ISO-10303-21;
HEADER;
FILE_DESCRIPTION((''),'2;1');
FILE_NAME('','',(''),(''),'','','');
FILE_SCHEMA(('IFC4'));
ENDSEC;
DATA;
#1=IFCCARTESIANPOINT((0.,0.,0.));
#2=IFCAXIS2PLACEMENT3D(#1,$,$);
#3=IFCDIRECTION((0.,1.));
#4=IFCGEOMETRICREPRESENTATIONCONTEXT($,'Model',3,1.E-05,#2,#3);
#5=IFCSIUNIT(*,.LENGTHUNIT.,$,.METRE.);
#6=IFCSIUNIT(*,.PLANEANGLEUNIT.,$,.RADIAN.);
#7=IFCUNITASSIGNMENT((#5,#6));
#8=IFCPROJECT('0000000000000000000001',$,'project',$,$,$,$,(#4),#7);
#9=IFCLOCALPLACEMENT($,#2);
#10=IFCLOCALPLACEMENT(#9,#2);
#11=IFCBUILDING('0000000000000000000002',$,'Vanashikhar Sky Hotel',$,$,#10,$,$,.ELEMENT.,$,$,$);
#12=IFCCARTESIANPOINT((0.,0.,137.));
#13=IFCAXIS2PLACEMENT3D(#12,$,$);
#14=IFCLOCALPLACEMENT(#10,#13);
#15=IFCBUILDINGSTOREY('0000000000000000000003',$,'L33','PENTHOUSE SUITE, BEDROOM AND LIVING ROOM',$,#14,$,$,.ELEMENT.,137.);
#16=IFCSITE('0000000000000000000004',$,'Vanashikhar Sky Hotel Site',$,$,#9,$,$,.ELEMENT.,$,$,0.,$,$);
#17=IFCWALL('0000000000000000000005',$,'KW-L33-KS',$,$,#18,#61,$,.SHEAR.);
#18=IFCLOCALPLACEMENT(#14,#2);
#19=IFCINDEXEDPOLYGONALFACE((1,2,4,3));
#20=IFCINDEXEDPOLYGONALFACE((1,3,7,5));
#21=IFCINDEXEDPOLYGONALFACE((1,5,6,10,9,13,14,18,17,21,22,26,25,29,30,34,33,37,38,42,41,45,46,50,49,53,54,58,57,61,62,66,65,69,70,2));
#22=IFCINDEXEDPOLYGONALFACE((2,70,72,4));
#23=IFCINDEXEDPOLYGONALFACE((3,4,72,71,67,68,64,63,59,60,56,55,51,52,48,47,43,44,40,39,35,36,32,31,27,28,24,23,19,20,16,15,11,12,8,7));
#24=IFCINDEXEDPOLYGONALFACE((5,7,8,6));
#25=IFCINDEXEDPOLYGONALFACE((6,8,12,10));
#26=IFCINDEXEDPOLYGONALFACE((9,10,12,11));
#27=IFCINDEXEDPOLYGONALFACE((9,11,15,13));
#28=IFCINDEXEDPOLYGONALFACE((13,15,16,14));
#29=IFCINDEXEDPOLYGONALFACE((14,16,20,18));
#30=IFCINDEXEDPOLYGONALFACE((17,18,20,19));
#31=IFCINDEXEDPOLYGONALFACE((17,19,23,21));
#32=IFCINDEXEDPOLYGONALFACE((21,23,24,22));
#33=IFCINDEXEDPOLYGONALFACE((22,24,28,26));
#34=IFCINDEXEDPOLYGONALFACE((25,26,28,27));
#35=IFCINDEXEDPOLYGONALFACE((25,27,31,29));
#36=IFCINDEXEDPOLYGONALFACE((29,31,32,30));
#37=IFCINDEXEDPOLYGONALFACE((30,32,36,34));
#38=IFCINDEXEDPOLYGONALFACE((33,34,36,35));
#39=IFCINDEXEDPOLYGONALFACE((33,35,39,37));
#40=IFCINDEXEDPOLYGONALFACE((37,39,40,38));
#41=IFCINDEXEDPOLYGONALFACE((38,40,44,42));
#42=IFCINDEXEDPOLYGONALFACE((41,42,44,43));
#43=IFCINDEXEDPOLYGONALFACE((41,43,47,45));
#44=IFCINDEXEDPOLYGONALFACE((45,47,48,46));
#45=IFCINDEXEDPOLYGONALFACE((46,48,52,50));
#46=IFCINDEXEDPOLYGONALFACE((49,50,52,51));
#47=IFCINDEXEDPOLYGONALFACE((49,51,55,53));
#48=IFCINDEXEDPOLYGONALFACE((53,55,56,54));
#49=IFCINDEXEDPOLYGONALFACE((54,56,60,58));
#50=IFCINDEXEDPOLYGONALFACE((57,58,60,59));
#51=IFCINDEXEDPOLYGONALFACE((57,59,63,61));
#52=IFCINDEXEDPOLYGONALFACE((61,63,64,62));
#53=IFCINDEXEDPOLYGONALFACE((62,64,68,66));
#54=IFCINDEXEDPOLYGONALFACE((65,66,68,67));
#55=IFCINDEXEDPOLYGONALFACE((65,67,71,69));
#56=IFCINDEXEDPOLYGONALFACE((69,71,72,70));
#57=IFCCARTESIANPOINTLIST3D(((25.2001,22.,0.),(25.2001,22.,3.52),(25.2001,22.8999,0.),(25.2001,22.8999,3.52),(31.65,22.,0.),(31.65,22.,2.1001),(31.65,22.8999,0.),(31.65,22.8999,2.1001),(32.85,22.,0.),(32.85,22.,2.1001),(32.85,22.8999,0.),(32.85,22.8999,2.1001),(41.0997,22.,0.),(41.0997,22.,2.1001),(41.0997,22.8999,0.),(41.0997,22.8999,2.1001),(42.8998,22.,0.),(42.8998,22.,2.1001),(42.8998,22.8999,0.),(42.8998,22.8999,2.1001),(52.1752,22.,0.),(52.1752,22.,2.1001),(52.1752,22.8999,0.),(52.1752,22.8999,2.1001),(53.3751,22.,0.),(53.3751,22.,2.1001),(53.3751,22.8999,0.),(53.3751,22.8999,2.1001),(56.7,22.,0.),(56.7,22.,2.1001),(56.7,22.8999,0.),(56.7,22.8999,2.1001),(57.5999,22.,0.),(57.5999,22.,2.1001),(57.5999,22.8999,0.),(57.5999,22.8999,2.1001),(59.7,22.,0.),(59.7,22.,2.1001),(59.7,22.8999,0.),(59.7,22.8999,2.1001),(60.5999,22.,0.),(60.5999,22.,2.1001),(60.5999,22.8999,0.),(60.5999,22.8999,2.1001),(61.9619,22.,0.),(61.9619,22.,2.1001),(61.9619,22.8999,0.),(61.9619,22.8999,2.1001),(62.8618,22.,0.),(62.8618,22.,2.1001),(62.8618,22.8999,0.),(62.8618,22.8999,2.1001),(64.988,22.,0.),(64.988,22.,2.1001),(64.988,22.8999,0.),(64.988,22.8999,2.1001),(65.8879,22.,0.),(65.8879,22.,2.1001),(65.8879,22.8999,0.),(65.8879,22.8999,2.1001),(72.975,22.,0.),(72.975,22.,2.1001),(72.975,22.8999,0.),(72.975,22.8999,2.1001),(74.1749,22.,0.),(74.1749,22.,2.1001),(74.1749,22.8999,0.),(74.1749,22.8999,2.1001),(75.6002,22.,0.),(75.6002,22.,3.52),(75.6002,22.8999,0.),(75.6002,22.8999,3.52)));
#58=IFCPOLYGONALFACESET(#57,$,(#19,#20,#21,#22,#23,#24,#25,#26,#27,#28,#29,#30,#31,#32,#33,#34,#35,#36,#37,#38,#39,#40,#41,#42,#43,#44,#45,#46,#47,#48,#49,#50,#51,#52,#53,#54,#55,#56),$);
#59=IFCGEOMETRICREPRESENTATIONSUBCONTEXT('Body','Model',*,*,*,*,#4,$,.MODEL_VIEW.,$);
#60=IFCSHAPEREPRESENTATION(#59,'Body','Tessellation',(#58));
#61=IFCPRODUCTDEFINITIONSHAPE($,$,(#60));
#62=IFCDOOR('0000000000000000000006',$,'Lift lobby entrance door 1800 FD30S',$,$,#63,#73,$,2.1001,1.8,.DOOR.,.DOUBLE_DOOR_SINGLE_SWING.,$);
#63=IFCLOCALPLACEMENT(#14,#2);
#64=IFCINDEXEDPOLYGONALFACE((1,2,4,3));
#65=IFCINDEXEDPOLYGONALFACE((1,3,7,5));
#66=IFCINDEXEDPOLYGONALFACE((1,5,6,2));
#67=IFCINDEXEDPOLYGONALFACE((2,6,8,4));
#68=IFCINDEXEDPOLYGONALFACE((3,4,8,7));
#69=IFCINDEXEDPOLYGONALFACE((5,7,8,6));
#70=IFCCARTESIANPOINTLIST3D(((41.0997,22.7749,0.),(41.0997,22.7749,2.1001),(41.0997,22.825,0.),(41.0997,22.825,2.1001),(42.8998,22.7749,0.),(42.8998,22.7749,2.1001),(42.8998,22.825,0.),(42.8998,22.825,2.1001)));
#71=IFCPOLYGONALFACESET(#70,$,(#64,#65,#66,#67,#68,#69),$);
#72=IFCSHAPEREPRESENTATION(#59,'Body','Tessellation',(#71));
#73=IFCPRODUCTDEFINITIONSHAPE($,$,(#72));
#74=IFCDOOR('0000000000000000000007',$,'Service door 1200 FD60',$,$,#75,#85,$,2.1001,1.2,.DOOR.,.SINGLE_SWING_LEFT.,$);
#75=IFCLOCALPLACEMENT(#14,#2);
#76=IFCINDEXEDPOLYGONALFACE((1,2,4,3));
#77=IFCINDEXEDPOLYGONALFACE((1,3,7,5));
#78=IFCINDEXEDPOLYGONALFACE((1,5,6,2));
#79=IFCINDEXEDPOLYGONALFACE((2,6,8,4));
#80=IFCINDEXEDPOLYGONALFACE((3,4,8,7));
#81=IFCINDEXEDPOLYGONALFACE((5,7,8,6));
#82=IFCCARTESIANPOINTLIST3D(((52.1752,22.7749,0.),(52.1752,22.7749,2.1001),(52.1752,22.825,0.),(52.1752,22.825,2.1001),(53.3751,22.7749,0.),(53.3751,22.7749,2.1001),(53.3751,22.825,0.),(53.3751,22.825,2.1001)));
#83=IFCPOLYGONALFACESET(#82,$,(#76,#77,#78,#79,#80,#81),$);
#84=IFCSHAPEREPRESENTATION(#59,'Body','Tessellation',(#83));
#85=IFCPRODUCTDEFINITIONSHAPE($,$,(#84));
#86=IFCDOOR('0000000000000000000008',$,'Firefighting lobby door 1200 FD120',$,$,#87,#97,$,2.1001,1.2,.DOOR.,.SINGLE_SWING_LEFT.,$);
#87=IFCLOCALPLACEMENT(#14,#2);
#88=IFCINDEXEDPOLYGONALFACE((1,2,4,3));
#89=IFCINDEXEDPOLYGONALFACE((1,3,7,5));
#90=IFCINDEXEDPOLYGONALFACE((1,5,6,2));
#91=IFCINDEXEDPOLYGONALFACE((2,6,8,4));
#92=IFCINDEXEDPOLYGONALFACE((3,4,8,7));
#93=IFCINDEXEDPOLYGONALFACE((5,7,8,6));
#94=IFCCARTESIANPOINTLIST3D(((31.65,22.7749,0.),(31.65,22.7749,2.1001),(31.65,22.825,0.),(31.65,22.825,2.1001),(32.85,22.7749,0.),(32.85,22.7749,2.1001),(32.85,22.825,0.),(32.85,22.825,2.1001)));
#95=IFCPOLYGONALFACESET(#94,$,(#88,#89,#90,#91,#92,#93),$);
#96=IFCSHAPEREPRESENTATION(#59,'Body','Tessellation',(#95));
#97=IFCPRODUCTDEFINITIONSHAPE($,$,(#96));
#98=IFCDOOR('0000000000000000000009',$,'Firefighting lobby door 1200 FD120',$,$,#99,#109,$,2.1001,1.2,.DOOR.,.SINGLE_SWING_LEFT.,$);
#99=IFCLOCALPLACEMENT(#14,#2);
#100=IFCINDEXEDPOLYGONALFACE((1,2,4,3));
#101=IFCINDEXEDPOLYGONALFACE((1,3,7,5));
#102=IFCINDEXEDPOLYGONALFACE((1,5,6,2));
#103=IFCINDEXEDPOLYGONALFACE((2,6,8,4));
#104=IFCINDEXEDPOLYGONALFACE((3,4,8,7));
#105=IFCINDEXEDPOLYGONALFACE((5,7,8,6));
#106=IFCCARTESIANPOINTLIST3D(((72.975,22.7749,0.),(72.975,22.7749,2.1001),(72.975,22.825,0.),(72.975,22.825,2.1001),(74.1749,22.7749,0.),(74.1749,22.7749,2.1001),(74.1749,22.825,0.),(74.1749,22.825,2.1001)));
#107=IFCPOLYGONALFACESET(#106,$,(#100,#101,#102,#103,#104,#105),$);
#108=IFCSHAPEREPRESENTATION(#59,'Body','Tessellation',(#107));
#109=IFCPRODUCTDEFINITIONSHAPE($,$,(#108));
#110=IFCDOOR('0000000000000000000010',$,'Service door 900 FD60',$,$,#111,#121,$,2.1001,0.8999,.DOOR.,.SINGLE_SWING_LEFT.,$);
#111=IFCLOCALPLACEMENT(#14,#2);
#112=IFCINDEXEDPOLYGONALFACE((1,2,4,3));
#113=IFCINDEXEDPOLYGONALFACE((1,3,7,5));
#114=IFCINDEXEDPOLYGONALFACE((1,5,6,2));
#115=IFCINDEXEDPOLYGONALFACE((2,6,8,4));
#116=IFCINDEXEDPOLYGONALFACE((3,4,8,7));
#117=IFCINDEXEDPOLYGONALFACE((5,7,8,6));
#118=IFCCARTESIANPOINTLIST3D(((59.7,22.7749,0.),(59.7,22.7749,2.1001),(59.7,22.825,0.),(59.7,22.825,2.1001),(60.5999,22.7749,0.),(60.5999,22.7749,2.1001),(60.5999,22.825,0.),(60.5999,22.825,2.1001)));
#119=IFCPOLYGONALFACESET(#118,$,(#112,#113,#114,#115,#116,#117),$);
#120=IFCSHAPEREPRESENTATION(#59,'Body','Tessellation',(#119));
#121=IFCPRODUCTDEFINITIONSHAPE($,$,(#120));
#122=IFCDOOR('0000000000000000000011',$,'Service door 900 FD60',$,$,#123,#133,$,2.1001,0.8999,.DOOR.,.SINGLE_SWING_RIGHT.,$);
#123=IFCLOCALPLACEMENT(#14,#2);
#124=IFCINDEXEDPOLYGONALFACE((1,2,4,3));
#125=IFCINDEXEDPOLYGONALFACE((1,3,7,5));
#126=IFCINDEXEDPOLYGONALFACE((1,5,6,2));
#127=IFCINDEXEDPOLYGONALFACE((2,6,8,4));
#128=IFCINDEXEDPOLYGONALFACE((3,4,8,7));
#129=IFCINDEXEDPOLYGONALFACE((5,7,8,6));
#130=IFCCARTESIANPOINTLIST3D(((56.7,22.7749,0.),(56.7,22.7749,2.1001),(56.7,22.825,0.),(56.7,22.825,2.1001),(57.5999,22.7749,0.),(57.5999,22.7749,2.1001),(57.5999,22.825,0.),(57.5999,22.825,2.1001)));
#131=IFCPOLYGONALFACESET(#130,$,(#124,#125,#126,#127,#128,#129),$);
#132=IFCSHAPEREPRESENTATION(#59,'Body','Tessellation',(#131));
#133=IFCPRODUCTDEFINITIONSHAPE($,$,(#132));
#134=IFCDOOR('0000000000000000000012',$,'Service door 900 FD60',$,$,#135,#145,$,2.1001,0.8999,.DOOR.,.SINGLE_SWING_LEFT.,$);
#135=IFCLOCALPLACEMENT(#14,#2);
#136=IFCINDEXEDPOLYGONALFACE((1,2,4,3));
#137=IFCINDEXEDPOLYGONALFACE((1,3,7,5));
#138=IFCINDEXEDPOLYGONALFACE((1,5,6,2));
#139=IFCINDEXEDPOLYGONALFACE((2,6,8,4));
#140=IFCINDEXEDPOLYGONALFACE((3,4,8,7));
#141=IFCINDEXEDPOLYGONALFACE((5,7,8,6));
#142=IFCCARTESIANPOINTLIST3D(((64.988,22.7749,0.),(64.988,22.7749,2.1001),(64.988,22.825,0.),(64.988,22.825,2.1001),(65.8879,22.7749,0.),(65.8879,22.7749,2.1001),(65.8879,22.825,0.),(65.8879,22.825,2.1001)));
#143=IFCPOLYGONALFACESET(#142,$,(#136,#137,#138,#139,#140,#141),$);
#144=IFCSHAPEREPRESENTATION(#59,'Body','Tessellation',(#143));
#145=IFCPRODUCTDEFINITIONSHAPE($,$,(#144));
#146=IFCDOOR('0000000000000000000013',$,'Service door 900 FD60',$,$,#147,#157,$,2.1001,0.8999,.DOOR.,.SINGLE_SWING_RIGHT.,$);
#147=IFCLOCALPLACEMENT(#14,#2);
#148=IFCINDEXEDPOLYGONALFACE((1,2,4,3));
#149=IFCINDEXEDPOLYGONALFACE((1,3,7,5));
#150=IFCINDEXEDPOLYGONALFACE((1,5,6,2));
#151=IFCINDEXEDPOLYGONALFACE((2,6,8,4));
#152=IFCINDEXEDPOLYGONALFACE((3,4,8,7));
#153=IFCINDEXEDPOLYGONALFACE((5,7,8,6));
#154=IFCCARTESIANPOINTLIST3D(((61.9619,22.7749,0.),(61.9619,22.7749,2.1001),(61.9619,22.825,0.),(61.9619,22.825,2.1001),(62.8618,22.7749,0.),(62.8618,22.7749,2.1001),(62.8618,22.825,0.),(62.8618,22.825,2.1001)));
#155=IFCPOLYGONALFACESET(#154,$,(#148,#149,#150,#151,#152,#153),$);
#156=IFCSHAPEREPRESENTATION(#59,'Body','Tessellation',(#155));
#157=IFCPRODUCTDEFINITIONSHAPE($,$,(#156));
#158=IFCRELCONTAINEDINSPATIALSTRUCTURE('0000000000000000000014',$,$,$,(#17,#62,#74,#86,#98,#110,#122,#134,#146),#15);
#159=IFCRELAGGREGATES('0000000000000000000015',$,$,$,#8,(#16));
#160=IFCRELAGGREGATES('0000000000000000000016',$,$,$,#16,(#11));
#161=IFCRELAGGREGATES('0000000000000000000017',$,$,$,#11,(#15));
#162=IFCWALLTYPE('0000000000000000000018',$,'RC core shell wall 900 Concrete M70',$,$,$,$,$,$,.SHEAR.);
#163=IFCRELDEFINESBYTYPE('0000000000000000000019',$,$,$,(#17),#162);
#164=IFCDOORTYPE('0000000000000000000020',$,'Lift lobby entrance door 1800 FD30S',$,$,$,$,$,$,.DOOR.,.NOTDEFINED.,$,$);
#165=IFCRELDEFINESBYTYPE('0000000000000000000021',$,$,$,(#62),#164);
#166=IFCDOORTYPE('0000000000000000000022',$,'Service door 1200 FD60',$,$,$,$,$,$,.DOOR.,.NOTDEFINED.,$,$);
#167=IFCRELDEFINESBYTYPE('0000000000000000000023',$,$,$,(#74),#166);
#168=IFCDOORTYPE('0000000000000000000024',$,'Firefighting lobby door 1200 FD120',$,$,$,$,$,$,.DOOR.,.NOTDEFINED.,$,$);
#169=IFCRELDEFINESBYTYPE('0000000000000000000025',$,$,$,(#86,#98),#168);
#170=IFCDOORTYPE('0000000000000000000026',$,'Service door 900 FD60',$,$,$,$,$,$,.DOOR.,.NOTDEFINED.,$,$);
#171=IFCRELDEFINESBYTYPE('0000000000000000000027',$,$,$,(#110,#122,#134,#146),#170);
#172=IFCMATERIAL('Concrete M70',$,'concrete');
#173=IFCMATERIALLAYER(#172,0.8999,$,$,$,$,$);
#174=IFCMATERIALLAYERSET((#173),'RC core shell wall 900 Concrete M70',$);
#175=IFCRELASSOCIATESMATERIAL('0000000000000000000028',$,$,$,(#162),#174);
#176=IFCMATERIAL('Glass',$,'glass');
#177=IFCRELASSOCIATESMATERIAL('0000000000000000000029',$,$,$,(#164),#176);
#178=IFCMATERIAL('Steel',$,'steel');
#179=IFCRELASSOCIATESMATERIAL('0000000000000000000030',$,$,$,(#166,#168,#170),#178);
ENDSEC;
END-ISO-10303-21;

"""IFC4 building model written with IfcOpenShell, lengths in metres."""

from ifc_helpers import new_model, si_unit, direction, frame, frame_2d, origin, place, context, subcontext, project, spatial, rectangle, extrude, source, transform, mapped, material, layer, layer_set, type_object, element, fill, save


model = new_model("IFC4")

# Units and contexts
model_context = context("Model", 3, precision=1e-05, world=origin(), true_north=direction((0.0, 1.0)))
body_context = subcontext(model_context, "Body", "Model", "MODEL_VIEW")
ifc_project = project(units=[si_unit("LENGTHUNIT", "METRE"), si_unit("PLANEANGLEUNIT", "RADIAN")], contexts=[model_context])

# Site, building, storey
site_placement = place(None, origin())
site = spatial("IfcSite", under=ifc_project, at=site_placement, Name="Vanashikhar Sky Hotel Site", CompositionType="ELEMENT", RefElevation=0.0)
building_placement = place(site_placement, origin())
building = spatial("IfcBuilding", under=site, at=building_placement, Name="Vanashikhar Sky Hotel", CompositionType="ELEMENT")
storey_placement = place(building_placement, frame((0.0, 0.0, 137.0)))
storey = spatial("IfcBuildingStorey", under=building, at=storey_placement, Name="L33", Description="PENTHOUSE SUITE, BEDROOM AND LIVING ROOM", CompositionType="ELEMENT", Elevation=137.0)

# Wall, openings, doors
ifc_material_1 = material(Name="Concrete M70", Category="concrete")
ifc_layer_1 = layer(ifc_material_1, 0.8999)
ifc_layer_set_1 = layer_set([ifc_layer_1], Name="RC core shell wall 900 Concrete M70")
wall_type_1 = type_object("IfcWallType", Name="RC core shell wall 900 Concrete M70", PredefinedType="SHEAR", material=ifc_layer_set_1)
shared_shape_1 = source(origin(), body_context, "Body", "SweptSolid", [
    extrude(rectangle(XDim=50.4001, YDim=0.8999, at=frame_2d((25.2002, 0.0))), origin(), (0.0, 0.0, 1.0), 3.52),
])
wall_1_placement = place(storey_placement, frame((25.2, 22.45, 0.0), z_axis=(0.0, 0.0, 1.0), x_axis=(1.0, 0.0, 0.0)))
wall_1 = element("IfcWall", 1, at=wall_1_placement, inside=storey, type_object=wall_type_1, Name="KW-L33-KS", PredefinedType="SHEAR", context=body_context, shape_type="MappedRepresentation", body=[
    mapped(shared_shape_1, transform((0.0, 0.0, 0.0), scale=1.0)),
])
shared_shape_2 = source(origin(), body_context, "Body", "SweptSolid", [
    extrude(rectangle(XDim=1.8, YDim=2.1001, at=frame_2d((0.8999, 1.05))), frame((0.0, 0.46, 0.0), z_axis=(0.0, -1.0, 0.0), x_axis=(1.0, 0.0, 0.0)), (0.0, 0.0, 1.0), 0.9199),
])
opening_1_placement = place(wall_1_placement, frame((15.8999, 0.0, 0.0)))
opening_1 = element("IfcOpeningElement", 2, at=opening_1_placement, cuts=wall_1, PredefinedType="OPENING", context=body_context, shape_type="MappedRepresentation", body=[
    mapped(shared_shape_2, transform((0.0, 0.0, 0.0), scale=1.0)),
])
shared_shape_3 = source(origin(), body_context, "Body", "SweptSolid", [
    extrude(rectangle(XDim=1.2, YDim=2.1001, at=frame_2d((0.6001, 1.05))), frame((0.0, 0.46, 0.0), z_axis=(0.0, -1.0, 0.0), x_axis=(1.0, 0.0, 0.0)), (0.0, 0.0, 1.0), 0.9199),
])
opening_2_placement = place(wall_1_placement, frame((26.9751, 0.0, 0.0)))
opening_2 = element("IfcOpeningElement", 3, at=opening_2_placement, cuts=wall_1, PredefinedType="OPENING", context=body_context, shape_type="MappedRepresentation", body=[
    mapped(shared_shape_3, transform((0.0, 0.0, 0.0), scale=1.0)),
])
shared_shape_4 = source(origin(), body_context, "Body", "SweptSolid", [
    extrude(rectangle(XDim=0.8999, YDim=2.1001, at=frame_2d((0.45, 1.05))), frame((0.0, 0.46, 0.0), z_axis=(0.0, -1.0, 0.0), x_axis=(1.0, 0.0, 0.0)), (0.0, 0.0, 1.0), 0.9199),
])
opening_3_placement = place(wall_1_placement, frame((34.5, 0.0, 0.0)))
opening_3 = element("IfcOpeningElement", 4, at=opening_3_placement, cuts=wall_1, PredefinedType="OPENING", context=body_context, shape_type="MappedRepresentation", body=[
    mapped(shared_shape_4, transform((0.0, 0.0, 0.0), scale=1.0)),
])
opening_4_placement = place(wall_1_placement, frame((31.5, 0.0, 0.0)))
opening_4 = element("IfcOpeningElement", 5, at=opening_4_placement, cuts=wall_1, PredefinedType="OPENING", context=body_context, shape_type="MappedRepresentation", body=[
    mapped(shared_shape_4, transform((0.0, 0.0, 0.0), scale=1.0)),
])
opening_5_placement = place(wall_1_placement, frame((39.7881, 0.0, 0.0)))
opening_5 = element("IfcOpeningElement", 6, at=opening_5_placement, cuts=wall_1, PredefinedType="OPENING", context=body_context, shape_type="MappedRepresentation", body=[
    mapped(shared_shape_4, transform((0.0, 0.0, 0.0), scale=1.0)),
])
opening_6_placement = place(wall_1_placement, frame((36.762, 0.0, 0.0)))
opening_6 = element("IfcOpeningElement", 7, at=opening_6_placement, cuts=wall_1, PredefinedType="OPENING", context=body_context, shape_type="MappedRepresentation", body=[
    mapped(shared_shape_4, transform((0.0, 0.0, 0.0), scale=1.0)),
])
opening_7_placement = place(wall_1_placement, frame((6.45, 0.0, 0.0)))
opening_7 = element("IfcOpeningElement", 8, at=opening_7_placement, cuts=wall_1, PredefinedType="OPENING", context=body_context, shape_type="MappedRepresentation", body=[
    mapped(shared_shape_3, transform((0.0, 0.0, 0.0), scale=1.0)),
])
opening_8_placement = place(wall_1_placement, frame((47.7749, 0.0, 0.0)))
opening_8 = element("IfcOpeningElement", 9, at=opening_8_placement, cuts=wall_1, PredefinedType="OPENING", context=body_context, shape_type="MappedRepresentation", body=[
    mapped(shared_shape_3, transform((0.0, 0.0, 0.0), scale=1.0)),
])
ifc_material_2 = material(Name="Glass", Category="glass")
door_type_1 = type_object("IfcDoorType", Name="Lift lobby entrance door 1800 FD30S", OperationType="NOTDEFINED", PredefinedType="DOOR", material=ifc_material_2)
shared_shape_5 = source(origin(), body_context, "Body", "SweptSolid", [
    extrude(rectangle(XDim=1.8, YDim=2.1001, at=frame_2d((0.8999, 1.05))), frame((0.0, 0.375, 0.0), z_axis=(0.0, -1.0, 0.0), x_axis=(1.0, 0.0, 0.0)), (0.0, 0.0, 1.0), 0.05),
])
door_1_placement = place(opening_1_placement, origin())
door_1 = element("IfcDoor", 10, at=door_1_placement, inside=storey, type_object=door_type_1, Name="Lift lobby entrance door 1800 FD30S", OperationType="DOUBLE_DOOR_SINGLE_SWING", OverallHeight=2.1001, OverallWidth=1.8, PredefinedType="DOOR", context=body_context, shape_type="MappedRepresentation", body=[
    mapped(shared_shape_5, transform((0.0, 0.0, 0.0), scale=1.0)),
])
fill(opening_1, door_1)
ifc_material_3 = material(Name="Steel", Category="steel")
door_type_2 = type_object("IfcDoorType", Name="Service door 1200 FD60", OperationType="NOTDEFINED", PredefinedType="DOOR", material=ifc_material_3)
shared_shape_6 = source(origin(), body_context, "Body", "SweptSolid", [
    extrude(rectangle(XDim=1.2, YDim=2.1001, at=frame_2d((0.6001, 1.05))), frame((0.0, 0.375, 0.0), z_axis=(0.0, -1.0, 0.0), x_axis=(1.0, 0.0, 0.0)), (0.0, 0.0, 1.0), 0.05),
])
door_2_placement = place(opening_2_placement, origin())
door_2 = element("IfcDoor", 11, at=door_2_placement, inside=storey, type_object=door_type_2, Name="Service door 1200 FD60", OperationType="SINGLE_SWING_LEFT", OverallHeight=2.1001, OverallWidth=1.2, PredefinedType="DOOR", context=body_context, shape_type="MappedRepresentation", body=[
    mapped(shared_shape_6, transform((0.0, 0.0, 0.0), scale=1.0)),
])
fill(opening_2, door_2)
door_type_3 = type_object("IfcDoorType", Name="Firefighting lobby door 1200 FD120", OperationType="NOTDEFINED", PredefinedType="DOOR", material=ifc_material_3)
door_3_placement = place(opening_7_placement, origin())
door_3 = element("IfcDoor", 12, at=door_3_placement, inside=storey, type_object=door_type_3, Name="Firefighting lobby door 1200 FD120", OperationType="SINGLE_SWING_LEFT", OverallHeight=2.1001, OverallWidth=1.2, PredefinedType="DOOR", context=body_context, shape_type="MappedRepresentation", body=[
    mapped(shared_shape_6, transform((0.0, 0.0, 0.0), scale=1.0)),
])
fill(opening_7, door_3)
door_4_placement = place(opening_8_placement, origin())
door_4 = element("IfcDoor", 13, at=door_4_placement, inside=storey, type_object=door_type_3, Name="Firefighting lobby door 1200 FD120", OperationType="SINGLE_SWING_LEFT", OverallHeight=2.1001, OverallWidth=1.2, PredefinedType="DOOR", context=body_context, shape_type="MappedRepresentation", body=[
    mapped(shared_shape_6, transform((0.0, 0.0, 0.0), scale=1.0)),
])
fill(opening_8, door_4)
door_type_4 = type_object("IfcDoorType", Name="Service door 900 FD60", OperationType="NOTDEFINED", PredefinedType="DOOR", material=ifc_material_3)
shared_shape_7 = source(origin(), body_context, "Body", "SweptSolid", [
    extrude(rectangle(XDim=0.8999, YDim=2.1001, at=frame_2d((0.45, 1.05))), frame((0.0, 0.375, 0.0), z_axis=(0.0, -1.0, 0.0), x_axis=(1.0, 0.0, 0.0)), (0.0, 0.0, 1.0), 0.05),
])
door_5_placement = place(opening_3_placement, origin())
door_5 = element("IfcDoor", 14, at=door_5_placement, inside=storey, type_object=door_type_4, Name="Service door 900 FD60", OperationType="SINGLE_SWING_LEFT", OverallHeight=2.1001, OverallWidth=0.8999, PredefinedType="DOOR", context=body_context, shape_type="MappedRepresentation", body=[
    mapped(shared_shape_7, transform((0.0, 0.0, 0.0), scale=1.0)),
])
fill(opening_3, door_5)
door_6_placement = place(opening_4_placement, origin())
door_6 = element("IfcDoor", 15, at=door_6_placement, inside=storey, type_object=door_type_4, Name="Service door 900 FD60", OperationType="SINGLE_SWING_RIGHT", OverallHeight=2.1001, OverallWidth=0.8999, PredefinedType="DOOR", context=body_context, shape_type="MappedRepresentation", body=[
    mapped(shared_shape_7, transform((0.0, 0.0, 0.0), scale=1.0)),
])
fill(opening_4, door_6)
door_7_placement = place(opening_5_placement, origin())
door_7 = element("IfcDoor", 16, at=door_7_placement, inside=storey, type_object=door_type_4, Name="Service door 900 FD60", OperationType="SINGLE_SWING_LEFT", OverallHeight=2.1001, OverallWidth=0.8999, PredefinedType="DOOR", context=body_context, shape_type="MappedRepresentation", body=[
    mapped(shared_shape_7, transform((0.0, 0.0, 0.0), scale=1.0)),
])
fill(opening_5, door_7)
door_8_placement = place(opening_6_placement, origin())
door_8 = element("IfcDoor", 17, at=door_8_placement, inside=storey, type_object=door_type_4, Name="Service door 900 FD60", OperationType="SINGLE_SWING_RIGHT", OverallHeight=2.1001, OverallWidth=0.8999, PredefinedType="DOOR", context=body_context, shape_type="MappedRepresentation", body=[
    mapped(shared_shape_7, transform((0.0, 0.0, 0.0), scale=1.0)),
])
fill(opening_6, door_8)

save(model, "model.ifc")
